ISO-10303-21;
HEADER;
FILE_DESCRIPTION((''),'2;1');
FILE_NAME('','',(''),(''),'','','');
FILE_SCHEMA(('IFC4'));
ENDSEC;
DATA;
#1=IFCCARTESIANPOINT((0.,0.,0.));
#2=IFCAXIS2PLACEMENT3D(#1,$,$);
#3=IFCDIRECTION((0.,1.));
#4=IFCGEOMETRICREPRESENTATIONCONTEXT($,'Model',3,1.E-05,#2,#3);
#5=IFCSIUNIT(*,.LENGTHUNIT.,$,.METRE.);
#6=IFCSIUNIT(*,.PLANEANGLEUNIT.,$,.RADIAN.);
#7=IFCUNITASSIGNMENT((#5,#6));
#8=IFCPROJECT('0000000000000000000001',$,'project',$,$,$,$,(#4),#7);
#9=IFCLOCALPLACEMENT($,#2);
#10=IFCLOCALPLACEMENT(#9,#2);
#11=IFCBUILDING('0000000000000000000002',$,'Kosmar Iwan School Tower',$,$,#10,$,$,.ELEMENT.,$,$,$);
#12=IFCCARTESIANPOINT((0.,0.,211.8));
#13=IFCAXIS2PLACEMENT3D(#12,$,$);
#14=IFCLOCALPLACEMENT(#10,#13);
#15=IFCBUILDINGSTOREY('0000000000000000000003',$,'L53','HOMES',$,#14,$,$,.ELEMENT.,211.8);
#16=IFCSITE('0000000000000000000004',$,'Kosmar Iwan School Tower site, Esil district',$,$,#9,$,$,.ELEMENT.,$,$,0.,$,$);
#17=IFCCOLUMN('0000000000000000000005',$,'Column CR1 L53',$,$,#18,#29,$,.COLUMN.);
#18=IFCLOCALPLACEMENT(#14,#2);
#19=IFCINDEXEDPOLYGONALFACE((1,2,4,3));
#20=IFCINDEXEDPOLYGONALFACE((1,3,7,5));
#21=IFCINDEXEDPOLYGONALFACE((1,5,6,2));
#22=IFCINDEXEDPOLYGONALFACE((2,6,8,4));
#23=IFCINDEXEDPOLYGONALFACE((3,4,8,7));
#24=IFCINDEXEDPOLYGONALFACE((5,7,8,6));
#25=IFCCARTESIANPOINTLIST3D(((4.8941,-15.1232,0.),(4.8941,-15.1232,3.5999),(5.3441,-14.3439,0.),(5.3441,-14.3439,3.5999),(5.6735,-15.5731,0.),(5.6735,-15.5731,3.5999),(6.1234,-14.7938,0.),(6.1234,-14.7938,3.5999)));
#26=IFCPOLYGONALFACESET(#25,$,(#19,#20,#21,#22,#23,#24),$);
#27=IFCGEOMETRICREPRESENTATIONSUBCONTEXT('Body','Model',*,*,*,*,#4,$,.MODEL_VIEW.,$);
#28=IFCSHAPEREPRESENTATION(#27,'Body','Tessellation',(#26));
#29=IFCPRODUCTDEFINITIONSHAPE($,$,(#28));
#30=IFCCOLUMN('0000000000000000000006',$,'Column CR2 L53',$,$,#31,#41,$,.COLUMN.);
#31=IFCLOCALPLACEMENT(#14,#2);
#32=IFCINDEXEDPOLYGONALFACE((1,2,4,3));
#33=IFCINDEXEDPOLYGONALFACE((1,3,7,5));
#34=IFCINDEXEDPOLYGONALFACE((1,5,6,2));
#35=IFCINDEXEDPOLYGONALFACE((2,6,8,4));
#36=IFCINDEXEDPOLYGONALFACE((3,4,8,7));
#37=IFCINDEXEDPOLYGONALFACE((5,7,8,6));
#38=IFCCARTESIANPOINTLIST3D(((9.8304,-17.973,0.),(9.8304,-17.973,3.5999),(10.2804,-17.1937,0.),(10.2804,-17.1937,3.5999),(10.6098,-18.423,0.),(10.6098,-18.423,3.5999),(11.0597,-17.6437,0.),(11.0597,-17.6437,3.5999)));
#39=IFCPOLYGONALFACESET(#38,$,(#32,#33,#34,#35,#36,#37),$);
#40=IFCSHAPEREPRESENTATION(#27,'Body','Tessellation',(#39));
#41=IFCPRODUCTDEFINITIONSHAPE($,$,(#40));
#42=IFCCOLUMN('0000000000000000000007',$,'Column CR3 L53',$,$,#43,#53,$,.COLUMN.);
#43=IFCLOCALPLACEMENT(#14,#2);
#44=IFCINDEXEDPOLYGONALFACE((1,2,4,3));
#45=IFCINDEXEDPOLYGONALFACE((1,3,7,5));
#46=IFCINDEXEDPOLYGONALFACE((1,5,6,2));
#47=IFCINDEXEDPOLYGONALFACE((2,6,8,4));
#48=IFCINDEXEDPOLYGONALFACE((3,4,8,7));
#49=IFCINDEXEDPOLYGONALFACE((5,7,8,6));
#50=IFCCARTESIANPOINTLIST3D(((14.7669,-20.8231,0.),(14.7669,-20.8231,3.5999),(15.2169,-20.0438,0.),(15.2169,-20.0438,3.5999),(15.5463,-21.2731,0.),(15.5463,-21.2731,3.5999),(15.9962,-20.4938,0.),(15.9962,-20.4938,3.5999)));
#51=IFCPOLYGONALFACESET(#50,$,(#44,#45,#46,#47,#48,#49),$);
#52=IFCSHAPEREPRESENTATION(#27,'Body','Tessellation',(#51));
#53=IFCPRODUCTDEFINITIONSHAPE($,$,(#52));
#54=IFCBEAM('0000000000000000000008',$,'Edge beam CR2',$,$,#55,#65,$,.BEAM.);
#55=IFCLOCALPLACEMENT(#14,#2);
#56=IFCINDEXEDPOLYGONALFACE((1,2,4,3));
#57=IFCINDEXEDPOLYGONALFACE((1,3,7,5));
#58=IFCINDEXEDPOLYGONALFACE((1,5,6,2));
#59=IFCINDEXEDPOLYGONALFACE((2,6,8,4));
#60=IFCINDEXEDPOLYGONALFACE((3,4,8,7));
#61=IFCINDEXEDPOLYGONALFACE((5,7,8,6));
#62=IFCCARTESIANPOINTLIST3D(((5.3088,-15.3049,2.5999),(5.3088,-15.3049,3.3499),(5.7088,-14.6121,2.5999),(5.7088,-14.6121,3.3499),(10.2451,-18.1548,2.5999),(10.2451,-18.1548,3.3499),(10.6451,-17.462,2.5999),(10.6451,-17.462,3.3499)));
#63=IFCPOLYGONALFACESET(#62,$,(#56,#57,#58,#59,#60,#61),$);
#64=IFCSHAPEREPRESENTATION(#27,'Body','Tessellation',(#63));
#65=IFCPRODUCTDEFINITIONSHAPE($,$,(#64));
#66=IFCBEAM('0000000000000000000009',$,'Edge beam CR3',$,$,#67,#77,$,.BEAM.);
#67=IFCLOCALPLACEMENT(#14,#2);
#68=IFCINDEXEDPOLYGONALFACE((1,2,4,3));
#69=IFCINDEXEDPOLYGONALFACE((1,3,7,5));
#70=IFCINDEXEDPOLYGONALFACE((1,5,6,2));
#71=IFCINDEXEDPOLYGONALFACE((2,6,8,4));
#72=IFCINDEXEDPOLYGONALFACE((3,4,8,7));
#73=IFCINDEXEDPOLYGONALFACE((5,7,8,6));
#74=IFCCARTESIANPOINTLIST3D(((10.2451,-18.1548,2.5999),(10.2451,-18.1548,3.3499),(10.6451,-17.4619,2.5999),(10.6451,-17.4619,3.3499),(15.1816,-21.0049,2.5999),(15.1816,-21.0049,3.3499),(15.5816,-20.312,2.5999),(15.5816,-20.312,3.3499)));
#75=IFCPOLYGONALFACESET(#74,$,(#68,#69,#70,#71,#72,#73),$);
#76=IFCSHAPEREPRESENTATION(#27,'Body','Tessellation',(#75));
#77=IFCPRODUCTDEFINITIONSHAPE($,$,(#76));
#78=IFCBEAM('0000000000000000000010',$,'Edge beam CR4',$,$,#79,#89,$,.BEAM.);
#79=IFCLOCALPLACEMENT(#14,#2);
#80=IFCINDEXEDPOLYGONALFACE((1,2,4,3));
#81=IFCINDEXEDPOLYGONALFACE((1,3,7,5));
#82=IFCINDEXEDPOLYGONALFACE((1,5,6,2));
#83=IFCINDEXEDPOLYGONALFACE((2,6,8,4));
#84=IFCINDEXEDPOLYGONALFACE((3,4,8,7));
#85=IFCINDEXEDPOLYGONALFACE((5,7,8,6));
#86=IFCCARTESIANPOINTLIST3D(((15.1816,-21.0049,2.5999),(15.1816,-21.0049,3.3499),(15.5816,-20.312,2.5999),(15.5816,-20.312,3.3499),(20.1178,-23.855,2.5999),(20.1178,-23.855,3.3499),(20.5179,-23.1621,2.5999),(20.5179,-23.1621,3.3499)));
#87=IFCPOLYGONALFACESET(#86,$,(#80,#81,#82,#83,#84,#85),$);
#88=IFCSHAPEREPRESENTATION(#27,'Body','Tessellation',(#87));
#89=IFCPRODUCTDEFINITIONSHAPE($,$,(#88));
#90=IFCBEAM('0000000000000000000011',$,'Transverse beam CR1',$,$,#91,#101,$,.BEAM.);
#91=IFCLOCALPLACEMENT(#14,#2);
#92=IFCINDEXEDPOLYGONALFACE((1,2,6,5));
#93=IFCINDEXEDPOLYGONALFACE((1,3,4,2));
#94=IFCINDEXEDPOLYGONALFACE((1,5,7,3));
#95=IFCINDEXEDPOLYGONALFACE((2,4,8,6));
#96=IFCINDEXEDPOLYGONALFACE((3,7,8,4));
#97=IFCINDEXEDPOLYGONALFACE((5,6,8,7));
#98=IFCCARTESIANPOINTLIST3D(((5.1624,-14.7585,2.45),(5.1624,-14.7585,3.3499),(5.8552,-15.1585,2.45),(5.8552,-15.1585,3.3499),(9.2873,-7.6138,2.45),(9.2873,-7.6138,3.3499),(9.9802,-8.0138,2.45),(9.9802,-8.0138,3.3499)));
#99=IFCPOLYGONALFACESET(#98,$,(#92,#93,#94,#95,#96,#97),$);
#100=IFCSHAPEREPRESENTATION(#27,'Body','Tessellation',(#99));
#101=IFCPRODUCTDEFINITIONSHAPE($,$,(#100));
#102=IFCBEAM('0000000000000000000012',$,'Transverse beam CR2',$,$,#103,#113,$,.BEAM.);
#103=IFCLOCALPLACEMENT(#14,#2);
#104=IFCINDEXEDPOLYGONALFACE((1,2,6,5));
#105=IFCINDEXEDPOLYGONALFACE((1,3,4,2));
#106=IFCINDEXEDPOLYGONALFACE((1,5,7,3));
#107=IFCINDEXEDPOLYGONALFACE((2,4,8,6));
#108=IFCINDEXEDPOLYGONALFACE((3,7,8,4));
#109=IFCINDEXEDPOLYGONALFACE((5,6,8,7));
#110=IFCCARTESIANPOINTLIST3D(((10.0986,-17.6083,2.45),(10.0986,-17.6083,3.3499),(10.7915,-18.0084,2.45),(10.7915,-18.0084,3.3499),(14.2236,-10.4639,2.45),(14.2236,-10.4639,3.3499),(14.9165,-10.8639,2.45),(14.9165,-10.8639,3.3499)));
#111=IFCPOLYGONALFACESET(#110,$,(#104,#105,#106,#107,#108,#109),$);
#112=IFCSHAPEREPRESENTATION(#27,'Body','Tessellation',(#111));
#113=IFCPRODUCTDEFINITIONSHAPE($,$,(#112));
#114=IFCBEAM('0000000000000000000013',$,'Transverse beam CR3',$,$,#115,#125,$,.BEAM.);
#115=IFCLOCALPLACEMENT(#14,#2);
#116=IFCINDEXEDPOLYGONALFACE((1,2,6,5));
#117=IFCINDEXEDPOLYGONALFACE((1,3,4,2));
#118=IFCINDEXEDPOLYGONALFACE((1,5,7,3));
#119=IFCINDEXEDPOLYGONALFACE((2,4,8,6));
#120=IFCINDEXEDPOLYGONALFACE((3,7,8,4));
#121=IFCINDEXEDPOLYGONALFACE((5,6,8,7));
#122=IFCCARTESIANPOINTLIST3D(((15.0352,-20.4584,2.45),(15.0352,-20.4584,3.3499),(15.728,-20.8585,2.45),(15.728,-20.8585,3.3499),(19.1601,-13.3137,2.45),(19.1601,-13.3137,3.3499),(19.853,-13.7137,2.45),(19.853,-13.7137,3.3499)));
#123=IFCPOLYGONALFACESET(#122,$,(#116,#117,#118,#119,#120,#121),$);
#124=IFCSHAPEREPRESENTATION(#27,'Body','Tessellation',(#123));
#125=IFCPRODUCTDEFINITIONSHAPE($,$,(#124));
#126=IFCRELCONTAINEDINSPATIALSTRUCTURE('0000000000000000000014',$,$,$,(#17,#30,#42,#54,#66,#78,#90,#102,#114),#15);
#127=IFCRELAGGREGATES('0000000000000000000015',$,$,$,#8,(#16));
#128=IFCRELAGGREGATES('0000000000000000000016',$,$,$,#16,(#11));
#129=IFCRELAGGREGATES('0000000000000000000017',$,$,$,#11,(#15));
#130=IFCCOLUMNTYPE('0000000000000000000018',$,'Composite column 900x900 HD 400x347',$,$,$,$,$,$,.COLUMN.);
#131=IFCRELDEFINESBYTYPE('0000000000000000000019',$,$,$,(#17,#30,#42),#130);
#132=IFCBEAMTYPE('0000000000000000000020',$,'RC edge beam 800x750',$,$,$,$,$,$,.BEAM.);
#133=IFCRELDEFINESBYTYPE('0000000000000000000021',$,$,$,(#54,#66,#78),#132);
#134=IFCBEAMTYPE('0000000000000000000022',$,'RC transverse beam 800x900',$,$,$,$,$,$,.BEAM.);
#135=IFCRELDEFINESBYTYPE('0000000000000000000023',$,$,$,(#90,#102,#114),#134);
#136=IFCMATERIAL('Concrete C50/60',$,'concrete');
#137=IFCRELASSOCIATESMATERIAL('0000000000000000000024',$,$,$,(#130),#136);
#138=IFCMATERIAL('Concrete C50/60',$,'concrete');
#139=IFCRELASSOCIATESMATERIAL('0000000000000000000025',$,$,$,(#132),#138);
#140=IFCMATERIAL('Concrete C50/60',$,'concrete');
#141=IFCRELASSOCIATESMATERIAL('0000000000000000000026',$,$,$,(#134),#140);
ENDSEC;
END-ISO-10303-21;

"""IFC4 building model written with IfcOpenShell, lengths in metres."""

from ifc_helpers import new_model, si_unit, direction, frame, origin, origin_2d, place, context, subcontext, project, spatial, rectangle, extrude, material, material_profile, profile_set, type_object, element, save


model = new_model("IFC4")

# Units and contexts
model_context = context("Model", 3, precision=1e-05, world=origin(), true_north=direction((0.0, 1.0)))
body_context = subcontext(model_context, "Body", "Model", "MODEL_VIEW")
ifc_project = project(units=[si_unit("LENGTHUNIT", "METRE"), si_unit("PLANEANGLEUNIT", "RADIAN")], contexts=[model_context])

# Site, building, storey
site_placement = place(None, origin())
site = spatial("IfcSite", under=ifc_project, at=site_placement, Name="Kosmar Iwan School Tower site, Esil district", CompositionType="ELEMENT", RefElevation=0.0)
building_placement = place(site_placement, origin())
building = spatial("IfcBuilding", under=site, at=building_placement, Name="Kosmar Iwan School Tower", CompositionType="ELEMENT")
storey_placement = place(building_placement, frame((0.0, 0.0, 211.8)))
storey = spatial("IfcBuildingStorey", under=building, at=storey_placement, Name="L53", Description="HOMES", CompositionType="ELEMENT", Elevation=211.8)

# Columns
ifc_material_1 = material(Name="Concrete C50/60", Category="concrete")
ifc_material_profile_1 = material_profile(ifc_material_1, rectangle(XDim=0.8999, YDim=0.8999, at=origin_2d()), Name="RC 900x900 + HD 400x347")
ifc_profile_set_1 = profile_set([ifc_material_profile_1], Name="Concrete C50/60")
column_type = type_object("IfcColumnType", Name="Composite column 900x900 HD 400x347", PredefinedType="COLUMN", material=ifc_profile_set_1)
for number, where, z_axis, x_axis, name in (
    (1, (5.5088, -14.9585, 0.0), (0.0, 0.0, 1.0), (0.866025, -0.5, 0.0), "Column CR1 L53"),
    (2, (10.4451, -17.8083, 0.0), (0.0, 0.0, 1.0), (0.866025, -0.5, 0.0), "Column CR2 L53"),
    (3, (15.3816, -20.6584, 0.0), (0.0, 0.0, 1.0), (0.866025, -0.5, 0.0), "Column CR3 L53"),
):
    element("IfcColumn", number, at=place(storey_placement, frame(where, z_axis=z_axis, x_axis=x_axis)), inside=storey, type_object=column_type, Name=name, PredefinedType="COLUMN", context=body_context, shape_type="SweptSolid", body=[
        extrude(rectangle(XDim=0.8999, YDim=0.8999, at=origin_2d()), origin(), (0.0, 0.0, 1.0), 3.5999),
    ])

# Beams
ifc_material_2 = material(Name="Concrete C50/60", Category="concrete")
ifc_material_profile_2 = material_profile(ifc_material_2, rectangle(XDim=0.8, YDim=0.75, at=origin_2d()), Name="RC 800x750")
ifc_profile_set_2 = profile_set([ifc_material_profile_2], Name="Concrete C50/60")
beam_type_1 = type_object("IfcBeamType", Name="RC edge beam 800x750", PredefinedType="BEAM", material=ifc_profile_set_2)
beam_1_placement = place(storey_placement, frame((5.5088, -14.9585, 2.9749), z_axis=(0.866034, -0.499986, 0.0), x_axis=(0.499986, 0.866034, 0.0)))
element("IfcBeam", 4, at=beam_1_placement, inside=storey, type_object=beam_type_1, Name="Edge beam CR2", PredefinedType="BEAM", context=body_context, shape_type="SweptSolid", body=[
    extrude(rectangle(XDim=0.8, YDim=0.75, at=origin_2d()), origin(), (0.0, 0.0, 1.0), 5.7),
])
beam_2_placement = place(storey_placement, frame((10.4451, -17.8083, 2.9749), z_axis=(0.866026, -0.499999, 0.0), x_axis=(0.499999, 0.866026, 0.0)))
element("IfcBeam", 5, at=beam_2_placement, inside=storey, type_object=beam_type_1, Name="Edge beam CR3", PredefinedType="BEAM", context=body_context, shape_type="SweptSolid", body=[
    extrude(rectangle(XDim=0.8, YDim=0.75, at=origin_2d()), origin(), (0.0, 0.0, 1.0), 5.7002),
])
beam_3_placement = place(storey_placement, frame((15.3816, -20.6584, 2.9749), z_axis=(0.866015, -0.500018, 0.0), x_axis=(0.500018, 0.866015, 0.0)))
element("IfcBeam", 6, at=beam_3_placement, inside=storey, type_object=beam_type_1, Name="Edge beam CR4", PredefinedType="BEAM", context=body_context, shape_type="SweptSolid", body=[
    extrude(rectangle(XDim=0.8, YDim=0.75, at=origin_2d()), origin(), (0.0, 0.0, 1.0), 5.7),
])
ifc_material_3 = material(Name="Concrete C50/60", Category="concrete")
ifc_material_profile_3 = material_profile(ifc_material_3, rectangle(XDim=0.8, YDim=0.8999, at=origin_2d()), Name="RC 800x900")
ifc_profile_set_3 = profile_set([ifc_material_profile_3], Name="Concrete C50/60")
beam_type_2 = type_object("IfcBeamType", Name="RC transverse beam 800x900", PredefinedType="BEAM", material=ifc_profile_set_3)
beam_4_placement = place(storey_placement, frame((5.5088, -14.9585, 2.8999), z_axis=(0.499997, 0.866027, 0.0), x_axis=(-0.866027, 0.499997, 0.0)))
element("IfcBeam", 7, at=beam_4_placement, inside=storey, type_object=beam_type_2, Name="Transverse beam CR1", PredefinedType="BEAM", context=body_context, shape_type="SweptSolid", body=[
    extrude(rectangle(XDim=0.8, YDim=0.8999, at=origin_2d()), origin(), (0.0, 0.0, 1.0), 8.25),
])
beam_5_placement = place(storey_placement, frame((10.4451, -17.8083, 2.8999), z_axis=(0.500009, 0.86602, 0.0), x_axis=(-0.86602, 0.500009, 0.0)))
element("IfcBeam", 8, at=beam_5_placement, inside=storey, type_object=beam_type_2, Name="Transverse beam CR2", PredefinedType="BEAM", context=body_context, shape_type="SweptSolid", body=[
    extrude(rectangle(XDim=0.8, YDim=0.8999, at=origin_2d()), origin(), (0.0, 0.0, 1.0), 8.2498),
])
beam_6_placement = place(storey_placement, frame((15.3816, -20.6584, 2.8999), z_axis=(0.499997, 0.866027, 0.0), x_axis=(-0.866027, 0.499997, 0.0)))
element("IfcBeam", 9, at=beam_6_placement, inside=storey, type_object=beam_type_2, Name="Transverse beam CR3", PredefinedType="BEAM", context=body_context, shape_type="SweptSolid", body=[
    extrude(rectangle(XDim=0.8, YDim=0.8999, at=origin_2d()), origin(), (0.0, 0.0, 1.0), 8.25),
])

save(model, "model.ifc")
